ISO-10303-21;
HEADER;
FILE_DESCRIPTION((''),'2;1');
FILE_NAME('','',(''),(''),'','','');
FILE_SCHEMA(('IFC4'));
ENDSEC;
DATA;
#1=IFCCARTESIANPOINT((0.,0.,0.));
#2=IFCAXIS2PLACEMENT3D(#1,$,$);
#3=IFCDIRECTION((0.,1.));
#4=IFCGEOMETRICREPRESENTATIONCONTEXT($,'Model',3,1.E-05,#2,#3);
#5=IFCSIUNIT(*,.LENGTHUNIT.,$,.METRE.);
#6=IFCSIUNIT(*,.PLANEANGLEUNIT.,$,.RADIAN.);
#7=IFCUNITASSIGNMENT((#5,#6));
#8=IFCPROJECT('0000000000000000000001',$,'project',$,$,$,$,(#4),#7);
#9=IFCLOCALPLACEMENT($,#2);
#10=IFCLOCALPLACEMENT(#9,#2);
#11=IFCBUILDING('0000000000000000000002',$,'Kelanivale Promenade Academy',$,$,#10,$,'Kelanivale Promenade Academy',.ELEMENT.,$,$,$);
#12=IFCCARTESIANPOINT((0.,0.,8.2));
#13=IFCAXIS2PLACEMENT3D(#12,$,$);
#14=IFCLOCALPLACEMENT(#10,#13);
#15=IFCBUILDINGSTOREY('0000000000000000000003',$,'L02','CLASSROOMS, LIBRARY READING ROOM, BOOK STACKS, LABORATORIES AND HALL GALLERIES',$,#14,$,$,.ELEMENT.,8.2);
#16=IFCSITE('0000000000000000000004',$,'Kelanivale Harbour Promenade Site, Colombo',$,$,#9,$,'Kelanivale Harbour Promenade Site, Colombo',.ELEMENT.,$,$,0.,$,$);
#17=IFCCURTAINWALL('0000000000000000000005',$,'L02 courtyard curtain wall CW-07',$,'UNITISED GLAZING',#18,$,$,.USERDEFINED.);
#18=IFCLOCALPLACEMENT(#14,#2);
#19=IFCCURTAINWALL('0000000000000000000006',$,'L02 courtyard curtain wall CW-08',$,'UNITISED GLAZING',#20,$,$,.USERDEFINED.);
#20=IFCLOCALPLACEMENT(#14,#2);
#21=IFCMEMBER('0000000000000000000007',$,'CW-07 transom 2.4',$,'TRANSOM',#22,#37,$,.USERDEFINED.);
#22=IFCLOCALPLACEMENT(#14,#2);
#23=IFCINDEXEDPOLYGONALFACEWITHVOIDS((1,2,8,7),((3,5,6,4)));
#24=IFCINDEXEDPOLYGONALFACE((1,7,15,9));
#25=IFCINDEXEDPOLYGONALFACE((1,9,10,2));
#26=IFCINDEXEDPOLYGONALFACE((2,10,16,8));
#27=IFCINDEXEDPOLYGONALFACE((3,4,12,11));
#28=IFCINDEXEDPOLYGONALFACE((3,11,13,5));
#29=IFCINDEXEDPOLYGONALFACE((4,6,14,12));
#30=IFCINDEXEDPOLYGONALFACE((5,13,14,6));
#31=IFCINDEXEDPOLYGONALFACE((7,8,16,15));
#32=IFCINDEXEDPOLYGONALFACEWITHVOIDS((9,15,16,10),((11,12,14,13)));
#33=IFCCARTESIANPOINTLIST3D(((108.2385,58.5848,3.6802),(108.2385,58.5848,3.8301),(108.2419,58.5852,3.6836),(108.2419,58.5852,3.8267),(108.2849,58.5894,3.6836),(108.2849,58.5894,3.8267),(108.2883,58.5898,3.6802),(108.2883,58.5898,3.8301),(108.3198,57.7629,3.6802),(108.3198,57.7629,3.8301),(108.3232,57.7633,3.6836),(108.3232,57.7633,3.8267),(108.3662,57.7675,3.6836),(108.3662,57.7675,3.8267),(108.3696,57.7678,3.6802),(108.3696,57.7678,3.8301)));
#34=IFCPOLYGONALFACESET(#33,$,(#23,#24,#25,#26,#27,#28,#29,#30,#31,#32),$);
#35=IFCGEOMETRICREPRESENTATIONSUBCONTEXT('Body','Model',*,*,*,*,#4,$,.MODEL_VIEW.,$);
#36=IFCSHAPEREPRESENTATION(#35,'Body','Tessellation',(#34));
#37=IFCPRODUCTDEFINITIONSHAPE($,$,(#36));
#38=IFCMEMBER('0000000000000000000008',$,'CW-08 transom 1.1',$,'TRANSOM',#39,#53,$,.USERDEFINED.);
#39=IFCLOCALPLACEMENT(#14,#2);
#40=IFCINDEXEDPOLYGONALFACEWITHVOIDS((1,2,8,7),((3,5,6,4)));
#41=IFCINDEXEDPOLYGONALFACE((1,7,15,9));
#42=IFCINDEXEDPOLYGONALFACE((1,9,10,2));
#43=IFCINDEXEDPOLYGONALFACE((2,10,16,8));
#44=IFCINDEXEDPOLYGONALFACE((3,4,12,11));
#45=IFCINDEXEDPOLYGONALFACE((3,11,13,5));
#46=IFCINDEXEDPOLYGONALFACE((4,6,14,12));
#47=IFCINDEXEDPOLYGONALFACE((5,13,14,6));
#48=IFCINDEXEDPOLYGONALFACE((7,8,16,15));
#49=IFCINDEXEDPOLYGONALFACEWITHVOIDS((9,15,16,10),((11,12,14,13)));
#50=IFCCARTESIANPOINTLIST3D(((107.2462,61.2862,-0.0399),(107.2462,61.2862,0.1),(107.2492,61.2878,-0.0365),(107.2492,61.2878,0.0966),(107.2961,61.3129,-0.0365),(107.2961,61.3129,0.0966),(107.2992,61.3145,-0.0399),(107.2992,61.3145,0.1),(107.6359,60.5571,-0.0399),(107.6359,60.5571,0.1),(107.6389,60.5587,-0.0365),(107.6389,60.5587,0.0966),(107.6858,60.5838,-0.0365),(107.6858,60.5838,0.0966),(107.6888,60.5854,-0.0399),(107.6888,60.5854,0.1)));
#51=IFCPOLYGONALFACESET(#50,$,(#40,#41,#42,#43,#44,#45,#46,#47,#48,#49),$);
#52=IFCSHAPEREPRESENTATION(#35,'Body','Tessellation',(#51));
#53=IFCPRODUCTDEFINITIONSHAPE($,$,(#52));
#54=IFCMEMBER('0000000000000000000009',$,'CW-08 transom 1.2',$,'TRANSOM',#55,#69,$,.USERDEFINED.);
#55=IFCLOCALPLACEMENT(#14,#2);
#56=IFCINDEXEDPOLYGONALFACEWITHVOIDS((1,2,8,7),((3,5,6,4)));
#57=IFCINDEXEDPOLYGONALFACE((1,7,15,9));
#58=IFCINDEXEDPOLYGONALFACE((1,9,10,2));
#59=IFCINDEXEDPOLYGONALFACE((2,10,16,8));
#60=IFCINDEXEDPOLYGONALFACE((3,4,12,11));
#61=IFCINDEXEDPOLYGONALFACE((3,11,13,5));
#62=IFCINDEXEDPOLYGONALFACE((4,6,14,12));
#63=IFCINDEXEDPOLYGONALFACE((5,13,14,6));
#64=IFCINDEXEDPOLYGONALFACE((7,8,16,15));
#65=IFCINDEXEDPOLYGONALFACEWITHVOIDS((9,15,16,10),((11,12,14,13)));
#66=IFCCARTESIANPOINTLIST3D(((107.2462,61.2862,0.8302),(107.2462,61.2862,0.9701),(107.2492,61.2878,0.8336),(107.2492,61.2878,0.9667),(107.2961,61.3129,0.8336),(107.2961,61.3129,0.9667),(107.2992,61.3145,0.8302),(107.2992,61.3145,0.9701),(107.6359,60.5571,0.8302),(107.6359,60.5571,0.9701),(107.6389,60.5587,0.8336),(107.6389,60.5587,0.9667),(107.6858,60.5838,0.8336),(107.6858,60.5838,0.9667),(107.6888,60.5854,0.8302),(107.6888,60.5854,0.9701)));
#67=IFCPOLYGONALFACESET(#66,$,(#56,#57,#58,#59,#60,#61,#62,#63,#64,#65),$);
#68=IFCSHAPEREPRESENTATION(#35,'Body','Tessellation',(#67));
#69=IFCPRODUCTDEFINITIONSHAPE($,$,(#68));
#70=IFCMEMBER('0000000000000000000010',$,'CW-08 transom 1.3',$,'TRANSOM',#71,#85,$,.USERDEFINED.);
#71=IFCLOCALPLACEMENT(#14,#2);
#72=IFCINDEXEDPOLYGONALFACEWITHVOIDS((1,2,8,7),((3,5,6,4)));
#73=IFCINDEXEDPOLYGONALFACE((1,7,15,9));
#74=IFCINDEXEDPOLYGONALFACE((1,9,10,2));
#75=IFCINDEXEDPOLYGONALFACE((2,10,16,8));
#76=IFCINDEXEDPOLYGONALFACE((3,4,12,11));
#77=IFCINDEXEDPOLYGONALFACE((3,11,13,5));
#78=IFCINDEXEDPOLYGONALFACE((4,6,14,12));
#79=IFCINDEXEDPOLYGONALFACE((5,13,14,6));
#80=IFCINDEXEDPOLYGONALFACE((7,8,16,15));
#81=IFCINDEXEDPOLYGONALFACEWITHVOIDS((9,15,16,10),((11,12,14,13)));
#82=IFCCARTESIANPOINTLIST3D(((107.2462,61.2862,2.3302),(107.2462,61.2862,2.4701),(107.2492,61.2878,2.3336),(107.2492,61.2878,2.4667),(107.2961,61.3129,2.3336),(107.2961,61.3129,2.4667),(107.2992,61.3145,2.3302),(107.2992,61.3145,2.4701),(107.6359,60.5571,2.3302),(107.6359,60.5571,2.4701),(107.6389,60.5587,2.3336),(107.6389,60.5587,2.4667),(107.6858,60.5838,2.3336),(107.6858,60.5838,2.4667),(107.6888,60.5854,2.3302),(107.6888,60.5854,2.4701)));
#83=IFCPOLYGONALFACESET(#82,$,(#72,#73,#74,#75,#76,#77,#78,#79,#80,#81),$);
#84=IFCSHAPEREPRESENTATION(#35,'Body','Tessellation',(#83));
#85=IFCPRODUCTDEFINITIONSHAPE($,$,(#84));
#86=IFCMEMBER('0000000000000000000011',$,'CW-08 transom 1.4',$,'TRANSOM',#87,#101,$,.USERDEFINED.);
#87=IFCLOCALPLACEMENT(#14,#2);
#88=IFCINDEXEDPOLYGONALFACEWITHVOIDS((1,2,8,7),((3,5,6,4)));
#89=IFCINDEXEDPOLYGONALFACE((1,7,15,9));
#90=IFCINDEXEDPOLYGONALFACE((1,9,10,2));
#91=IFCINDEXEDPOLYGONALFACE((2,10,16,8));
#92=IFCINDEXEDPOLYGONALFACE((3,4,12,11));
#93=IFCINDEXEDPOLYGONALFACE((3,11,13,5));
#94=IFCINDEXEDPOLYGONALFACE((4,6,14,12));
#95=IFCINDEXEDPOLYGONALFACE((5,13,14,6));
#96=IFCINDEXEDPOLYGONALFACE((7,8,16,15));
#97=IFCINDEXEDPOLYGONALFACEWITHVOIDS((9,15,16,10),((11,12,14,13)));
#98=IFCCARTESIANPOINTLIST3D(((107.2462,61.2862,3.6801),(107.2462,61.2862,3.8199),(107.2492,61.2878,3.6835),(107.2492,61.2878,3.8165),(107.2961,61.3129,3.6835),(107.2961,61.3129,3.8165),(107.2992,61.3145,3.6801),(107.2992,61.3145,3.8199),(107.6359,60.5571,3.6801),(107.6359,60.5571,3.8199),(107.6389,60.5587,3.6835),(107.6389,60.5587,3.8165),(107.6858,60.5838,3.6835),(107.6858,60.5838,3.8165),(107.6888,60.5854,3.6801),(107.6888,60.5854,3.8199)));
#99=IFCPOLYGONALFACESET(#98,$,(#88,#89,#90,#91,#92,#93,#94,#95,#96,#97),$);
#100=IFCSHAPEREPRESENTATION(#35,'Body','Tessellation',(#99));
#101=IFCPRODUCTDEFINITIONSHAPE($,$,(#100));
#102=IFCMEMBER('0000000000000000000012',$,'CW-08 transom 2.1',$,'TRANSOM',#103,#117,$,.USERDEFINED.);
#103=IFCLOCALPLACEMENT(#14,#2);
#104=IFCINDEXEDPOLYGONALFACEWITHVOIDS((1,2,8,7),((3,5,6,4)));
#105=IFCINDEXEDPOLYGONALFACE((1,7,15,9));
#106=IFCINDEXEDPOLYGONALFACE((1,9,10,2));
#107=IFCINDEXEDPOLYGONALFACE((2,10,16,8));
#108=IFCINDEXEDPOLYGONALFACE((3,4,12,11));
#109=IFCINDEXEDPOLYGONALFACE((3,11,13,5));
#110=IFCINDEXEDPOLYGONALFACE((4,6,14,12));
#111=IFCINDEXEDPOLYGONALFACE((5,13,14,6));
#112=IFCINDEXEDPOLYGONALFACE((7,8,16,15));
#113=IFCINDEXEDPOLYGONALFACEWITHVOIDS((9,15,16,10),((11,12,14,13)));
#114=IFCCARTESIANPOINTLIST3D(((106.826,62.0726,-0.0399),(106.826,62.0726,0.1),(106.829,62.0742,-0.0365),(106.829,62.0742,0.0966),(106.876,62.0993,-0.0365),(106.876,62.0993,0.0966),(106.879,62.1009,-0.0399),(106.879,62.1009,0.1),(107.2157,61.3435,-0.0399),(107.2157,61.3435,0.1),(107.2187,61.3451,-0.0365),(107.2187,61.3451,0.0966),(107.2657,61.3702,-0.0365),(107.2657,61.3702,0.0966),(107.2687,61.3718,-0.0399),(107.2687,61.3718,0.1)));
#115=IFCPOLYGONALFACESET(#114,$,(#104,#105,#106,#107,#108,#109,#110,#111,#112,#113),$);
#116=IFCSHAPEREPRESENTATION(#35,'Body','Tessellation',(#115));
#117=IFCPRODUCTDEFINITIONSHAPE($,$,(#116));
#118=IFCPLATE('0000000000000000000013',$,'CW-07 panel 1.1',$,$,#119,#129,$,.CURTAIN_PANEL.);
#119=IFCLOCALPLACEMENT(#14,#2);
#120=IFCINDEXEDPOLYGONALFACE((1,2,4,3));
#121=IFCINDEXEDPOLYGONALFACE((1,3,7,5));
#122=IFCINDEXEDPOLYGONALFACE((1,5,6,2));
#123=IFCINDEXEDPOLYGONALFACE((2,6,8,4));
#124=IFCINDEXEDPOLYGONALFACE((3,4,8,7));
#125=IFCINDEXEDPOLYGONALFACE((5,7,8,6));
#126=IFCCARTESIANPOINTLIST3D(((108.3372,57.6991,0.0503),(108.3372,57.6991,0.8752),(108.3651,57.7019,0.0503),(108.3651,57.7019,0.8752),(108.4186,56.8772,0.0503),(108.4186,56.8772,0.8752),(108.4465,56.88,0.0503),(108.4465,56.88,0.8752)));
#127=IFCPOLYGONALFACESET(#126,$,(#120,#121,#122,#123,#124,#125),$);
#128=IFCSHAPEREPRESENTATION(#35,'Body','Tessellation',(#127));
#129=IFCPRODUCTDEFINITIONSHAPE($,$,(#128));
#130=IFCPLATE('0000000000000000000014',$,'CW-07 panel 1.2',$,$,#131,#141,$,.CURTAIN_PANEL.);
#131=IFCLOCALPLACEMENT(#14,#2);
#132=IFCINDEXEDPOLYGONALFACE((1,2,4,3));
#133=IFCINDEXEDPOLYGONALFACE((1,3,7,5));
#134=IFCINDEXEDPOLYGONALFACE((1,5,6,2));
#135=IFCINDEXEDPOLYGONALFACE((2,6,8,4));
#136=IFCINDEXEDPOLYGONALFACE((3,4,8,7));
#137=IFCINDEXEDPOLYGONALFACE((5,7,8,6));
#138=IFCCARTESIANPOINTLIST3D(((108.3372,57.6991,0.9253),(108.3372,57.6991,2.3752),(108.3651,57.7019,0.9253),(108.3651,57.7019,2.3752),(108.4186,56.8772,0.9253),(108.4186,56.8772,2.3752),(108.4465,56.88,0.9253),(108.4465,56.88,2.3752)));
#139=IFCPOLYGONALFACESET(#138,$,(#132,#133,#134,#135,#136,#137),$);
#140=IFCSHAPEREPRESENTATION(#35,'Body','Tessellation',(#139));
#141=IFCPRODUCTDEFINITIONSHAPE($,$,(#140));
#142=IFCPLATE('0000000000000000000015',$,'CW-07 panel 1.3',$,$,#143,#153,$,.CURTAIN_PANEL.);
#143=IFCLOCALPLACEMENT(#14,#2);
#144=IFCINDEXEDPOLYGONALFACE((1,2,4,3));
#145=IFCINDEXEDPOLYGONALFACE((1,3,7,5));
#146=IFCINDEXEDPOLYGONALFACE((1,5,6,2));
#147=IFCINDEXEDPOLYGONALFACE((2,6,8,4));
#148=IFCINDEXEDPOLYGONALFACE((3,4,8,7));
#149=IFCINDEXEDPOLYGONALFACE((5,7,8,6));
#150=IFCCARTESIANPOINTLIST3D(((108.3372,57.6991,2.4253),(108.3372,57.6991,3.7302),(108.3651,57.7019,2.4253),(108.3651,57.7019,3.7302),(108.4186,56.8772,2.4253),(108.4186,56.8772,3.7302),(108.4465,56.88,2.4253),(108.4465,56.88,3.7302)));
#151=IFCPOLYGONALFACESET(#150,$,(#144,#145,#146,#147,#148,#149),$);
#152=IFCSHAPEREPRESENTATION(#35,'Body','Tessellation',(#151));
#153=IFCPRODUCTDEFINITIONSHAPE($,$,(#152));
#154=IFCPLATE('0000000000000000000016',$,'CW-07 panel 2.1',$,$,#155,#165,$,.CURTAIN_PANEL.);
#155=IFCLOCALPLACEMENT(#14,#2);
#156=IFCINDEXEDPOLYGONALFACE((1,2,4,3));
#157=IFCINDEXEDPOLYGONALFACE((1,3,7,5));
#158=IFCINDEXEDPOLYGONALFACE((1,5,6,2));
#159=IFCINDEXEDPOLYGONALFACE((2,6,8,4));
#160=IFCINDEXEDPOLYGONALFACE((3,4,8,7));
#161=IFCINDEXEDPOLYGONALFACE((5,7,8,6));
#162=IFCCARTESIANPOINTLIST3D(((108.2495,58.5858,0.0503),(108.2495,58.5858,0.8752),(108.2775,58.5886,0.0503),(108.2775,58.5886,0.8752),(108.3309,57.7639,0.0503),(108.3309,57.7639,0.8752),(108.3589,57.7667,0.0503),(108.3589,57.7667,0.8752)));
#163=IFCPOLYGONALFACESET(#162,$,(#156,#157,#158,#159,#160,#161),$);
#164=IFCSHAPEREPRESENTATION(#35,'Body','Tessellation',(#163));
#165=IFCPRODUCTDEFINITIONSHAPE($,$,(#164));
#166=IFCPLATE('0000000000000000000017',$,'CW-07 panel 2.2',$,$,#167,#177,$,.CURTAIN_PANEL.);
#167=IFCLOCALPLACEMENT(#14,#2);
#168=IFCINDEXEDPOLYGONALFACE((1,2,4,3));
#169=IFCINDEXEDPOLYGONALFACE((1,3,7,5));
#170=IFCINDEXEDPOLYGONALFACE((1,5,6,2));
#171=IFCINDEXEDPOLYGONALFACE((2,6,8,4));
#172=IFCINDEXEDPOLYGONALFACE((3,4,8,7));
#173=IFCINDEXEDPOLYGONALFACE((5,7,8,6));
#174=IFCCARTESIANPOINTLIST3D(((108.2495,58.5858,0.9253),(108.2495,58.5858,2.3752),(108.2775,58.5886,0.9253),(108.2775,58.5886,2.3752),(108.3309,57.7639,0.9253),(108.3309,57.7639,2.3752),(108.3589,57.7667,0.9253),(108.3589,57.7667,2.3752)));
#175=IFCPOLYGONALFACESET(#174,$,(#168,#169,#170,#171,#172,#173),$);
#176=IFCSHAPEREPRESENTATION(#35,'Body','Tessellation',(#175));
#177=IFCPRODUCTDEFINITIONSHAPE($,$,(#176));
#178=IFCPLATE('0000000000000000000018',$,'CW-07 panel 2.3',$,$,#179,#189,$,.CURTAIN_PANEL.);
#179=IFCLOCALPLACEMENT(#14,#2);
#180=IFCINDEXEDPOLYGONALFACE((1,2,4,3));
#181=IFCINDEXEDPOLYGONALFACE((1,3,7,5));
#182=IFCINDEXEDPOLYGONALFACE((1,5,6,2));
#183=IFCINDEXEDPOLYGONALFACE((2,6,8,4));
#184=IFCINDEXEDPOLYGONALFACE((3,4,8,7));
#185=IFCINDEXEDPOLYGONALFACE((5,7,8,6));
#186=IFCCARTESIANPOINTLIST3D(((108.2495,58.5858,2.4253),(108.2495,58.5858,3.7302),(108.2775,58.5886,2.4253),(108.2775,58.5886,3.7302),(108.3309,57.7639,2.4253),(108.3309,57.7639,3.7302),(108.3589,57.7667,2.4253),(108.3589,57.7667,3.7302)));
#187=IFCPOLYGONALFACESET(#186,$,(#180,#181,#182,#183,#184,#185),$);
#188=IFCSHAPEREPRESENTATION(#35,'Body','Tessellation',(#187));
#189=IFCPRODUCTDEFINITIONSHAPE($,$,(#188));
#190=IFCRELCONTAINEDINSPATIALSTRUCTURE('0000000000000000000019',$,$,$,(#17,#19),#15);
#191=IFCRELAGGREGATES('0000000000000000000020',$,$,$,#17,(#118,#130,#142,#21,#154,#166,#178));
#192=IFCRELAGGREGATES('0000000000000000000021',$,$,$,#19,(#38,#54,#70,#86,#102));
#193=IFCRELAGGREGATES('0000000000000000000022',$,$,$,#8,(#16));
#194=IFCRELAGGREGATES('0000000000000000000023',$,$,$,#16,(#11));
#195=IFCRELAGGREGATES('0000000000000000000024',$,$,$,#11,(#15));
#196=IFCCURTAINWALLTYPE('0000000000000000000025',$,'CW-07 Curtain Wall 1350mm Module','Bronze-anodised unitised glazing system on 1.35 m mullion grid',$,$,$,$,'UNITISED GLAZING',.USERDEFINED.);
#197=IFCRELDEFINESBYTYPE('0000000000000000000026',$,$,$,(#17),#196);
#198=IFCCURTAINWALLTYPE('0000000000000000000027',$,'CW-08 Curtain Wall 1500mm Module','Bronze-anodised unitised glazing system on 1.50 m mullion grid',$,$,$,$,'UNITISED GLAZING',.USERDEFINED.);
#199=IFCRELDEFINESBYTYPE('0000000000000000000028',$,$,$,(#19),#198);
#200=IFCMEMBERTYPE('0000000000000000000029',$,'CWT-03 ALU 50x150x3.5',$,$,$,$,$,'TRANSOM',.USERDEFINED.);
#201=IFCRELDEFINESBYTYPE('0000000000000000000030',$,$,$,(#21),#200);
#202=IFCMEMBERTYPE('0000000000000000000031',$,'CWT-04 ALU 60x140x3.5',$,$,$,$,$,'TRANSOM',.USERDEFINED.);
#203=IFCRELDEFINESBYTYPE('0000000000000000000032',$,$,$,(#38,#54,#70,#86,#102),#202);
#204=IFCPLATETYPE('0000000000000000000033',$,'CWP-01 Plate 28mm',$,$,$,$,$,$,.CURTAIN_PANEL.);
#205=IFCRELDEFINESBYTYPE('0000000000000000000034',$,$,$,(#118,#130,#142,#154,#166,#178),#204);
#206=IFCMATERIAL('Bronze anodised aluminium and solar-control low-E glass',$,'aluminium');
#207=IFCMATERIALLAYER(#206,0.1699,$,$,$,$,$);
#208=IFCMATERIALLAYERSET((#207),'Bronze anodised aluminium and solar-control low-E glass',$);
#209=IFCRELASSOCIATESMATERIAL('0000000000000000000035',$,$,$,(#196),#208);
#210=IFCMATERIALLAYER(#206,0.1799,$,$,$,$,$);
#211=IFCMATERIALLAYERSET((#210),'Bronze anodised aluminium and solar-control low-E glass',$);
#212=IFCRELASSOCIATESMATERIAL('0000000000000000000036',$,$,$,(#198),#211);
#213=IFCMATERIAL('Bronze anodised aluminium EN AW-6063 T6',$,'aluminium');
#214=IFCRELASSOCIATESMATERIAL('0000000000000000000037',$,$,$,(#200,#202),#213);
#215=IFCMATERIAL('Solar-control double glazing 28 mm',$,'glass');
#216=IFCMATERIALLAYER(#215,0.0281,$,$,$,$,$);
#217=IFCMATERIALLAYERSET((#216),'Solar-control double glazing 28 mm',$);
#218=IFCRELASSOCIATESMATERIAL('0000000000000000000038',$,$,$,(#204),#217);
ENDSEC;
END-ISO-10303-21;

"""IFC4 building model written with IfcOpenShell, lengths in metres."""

from ifc_helpers import new_model, si_unit, direction, frame, origin, origin_2d, place, context, subcontext, project, spatial, rectangle, hollow_rectangle, extrude, material, layer, layer_set, material_profile, profile_set, type_object, element, aggregate, save


model = new_model("IFC4")

# Units and contexts
model_context = context("Model", 3, precision=1e-05, world=origin(), true_north=direction((0.0, 1.0)))
body_context = subcontext(model_context, "Body", "Model", "MODEL_VIEW")
ifc_project = project(units=[si_unit("LENGTHUNIT", "METRE"), si_unit("PLANEANGLEUNIT", "RADIAN")], contexts=[model_context])

# Site, building, storey
site_placement = place(None, origin())
site = spatial("IfcSite", under=ifc_project, at=site_placement, Name="Kelanivale Harbour Promenade Site, Colombo", LongName="Kelanivale Harbour Promenade Site, Colombo", CompositionType="ELEMENT", RefElevation=0.0)
building_placement = place(site_placement, origin())
building = spatial("IfcBuilding", under=site, at=building_placement, Name="Kelanivale Promenade Academy", LongName="Kelanivale Promenade Academy", CompositionType="ELEMENT")
storey_placement = place(building_placement, frame((0.0, 0.0, 8.2)))
storey = spatial("IfcBuildingStorey", under=building, at=storey_placement, Name="L02", Description="CLASSROOMS, LIBRARY READING ROOM, BOOK STACKS, LABORATORIES AND HALL GALLERIES", CompositionType="ELEMENT", Elevation=8.2)

# Curtain walls
ifc_material_1 = material(Name="Bronze anodised aluminium and solar-control low-E glass", Category="aluminium")
ifc_layer_1 = layer(ifc_material_1, 0.1699)
ifc_layer_set_1 = layer_set([ifc_layer_1], Name="Bronze anodised aluminium and solar-control low-E glass")
curtain_wall_type_1 = type_object("IfcCurtainWallType", Name="CW-07 Curtain Wall 1350mm Module", Description="Bronze-anodised unitised glazing system on 1.35 m mullion grid", ElementType="UNITISED GLAZING", PredefinedType="USERDEFINED", material=ifc_layer_set_1)
curtain_wall_1_placement = place(storey_placement, origin())
curtain_wall_1 = element("IfcCurtainWall", 1, at=curtain_wall_1_placement, inside=storey, type_object=curtain_wall_type_1, Name="L02 courtyard curtain wall CW-07", ObjectType="UNITISED GLAZING", PredefinedType="USERDEFINED")
ifc_material_2 = material(Name="Bronze anodised aluminium EN AW-6063 T6", Category="aluminium")
ifc_layer_2 = layer(ifc_material_1, 0.1799)
ifc_layer_set_2 = layer_set([ifc_layer_2], Name="Bronze anodised aluminium and solar-control low-E glass")
curtain_wall_type_2 = type_object("IfcCurtainWallType", Name="CW-08 Curtain Wall 1500mm Module", Description="Bronze-anodised unitised glazing system on 1.50 m mullion grid", ElementType="UNITISED GLAZING", PredefinedType="USERDEFINED", material=ifc_layer_set_2)
curtain_wall_2_placement = place(storey_placement, origin())
curtain_wall_2 = element("IfcCurtainWall", 2, at=curtain_wall_2_placement, inside=storey, type_object=curtain_wall_type_2, Name="L02 courtyard curtain wall CW-08", ObjectType="UNITISED GLAZING", PredefinedType="USERDEFINED")

# Members
ifc_material_profile_1 = material_profile(ifc_material_2, hollow_rectangle(XDim=0.05, YDim=0.1499, WallThickness=0.0034, at=origin_2d()), Name="ALU 50x150x3.5")
ifc_profile_set_1 = profile_set([ifc_material_profile_1], Name="Bronze anodised aluminium EN AW-6063 T6")
member_type_1 = type_object("IfcMemberType", Name="CWT-03 ALU 50x150x3.5", ElementType="TRANSOM", PredefinedType="USERDEFINED", material=ifc_profile_set_1)
member_1_placement = place(storey_placement, frame((108.3447, 57.7654, 3.7551), z_axis=(-0.098421, 0.995145, 0.0), x_axis=(-0.995145, -0.098421, 0.0)))
member_1 = element("IfcMember", 3, at=member_1_placement, type_object=member_type_1, Name="CW-07 transom 2.4", ObjectType="TRANSOM", PredefinedType="USERDEFINED", context=body_context, shape_type="SweptSolid", body=[
    extrude(hollow_rectangle(XDim=0.05, YDim=0.1499, WallThickness=0.0034, at=origin_2d()), origin(), (0.0, 0.0, 1.0), 0.8259),
])
ifc_material_profile_2 = material_profile(ifc_material_2, hollow_rectangle(XDim=0.0601, YDim=0.1399, WallThickness=0.0034, at=origin_2d()), Name="ALU 60x140x3.5")
ifc_profile_set_2 = profile_set([ifc_material_profile_2], Name="Bronze anodised aluminium EN AW-6063 T6")
member_type_2 = type_object("IfcMemberType", Name="CWT-04 ALU 60x140x3.5", ElementType="TRANSOM", PredefinedType="USERDEFINED", material=ifc_profile_set_2)
member_2_placement = place(storey_placement, frame((107.6624, 60.5713, 0.03), z_axis=(-0.471385, 0.881927, 0.0), x_axis=(-0.881927, -0.471385, 0.0)))
member_2 = element("IfcMember", 4, at=member_2_placement, type_object=member_type_2, Name="CW-08 transom 1.1", ObjectType="TRANSOM", PredefinedType="USERDEFINED", context=body_context, shape_type="SweptSolid", body=[
    extrude(hollow_rectangle(XDim=0.0601, YDim=0.1399, WallThickness=0.0034, at=origin_2d()), origin(), (0.0, 0.0, 1.0), 0.8267),
])
member_3_placement = place(storey_placement, frame((107.6624, 60.5713, 0.9001), z_axis=(-0.471385, 0.881927, 0.0), x_axis=(-0.881927, -0.471385, 0.0)))
member_3 = element("IfcMember", 5, at=member_3_placement, type_object=member_type_2, Name="CW-08 transom 1.2", ObjectType="TRANSOM", PredefinedType="USERDEFINED", context=body_context, shape_type="SweptSolid", body=[
    extrude(hollow_rectangle(XDim=0.0601, YDim=0.1399, WallThickness=0.0034, at=origin_2d()), origin(), (0.0, 0.0, 1.0), 0.8267),
])
member_4_placement = place(storey_placement, frame((107.6624, 60.5713, 2.4001), z_axis=(-0.471385, 0.881927, 0.0), x_axis=(-0.881927, -0.471385, 0.0)))
member_4 = element("IfcMember", 6, at=member_4_placement, type_object=member_type_2, Name="CW-08 transom 1.3", ObjectType="TRANSOM", PredefinedType="USERDEFINED", context=body_context, shape_type="SweptSolid", body=[
    extrude(hollow_rectangle(XDim=0.0601, YDim=0.1399, WallThickness=0.0034, at=origin_2d()), origin(), (0.0, 0.0, 1.0), 0.8267),
])
member_5_placement = place(storey_placement, frame((107.6624, 60.5713, 3.75), z_axis=(-0.471385, 0.881927, 0.0), x_axis=(-0.881927, -0.471385, 0.0)))
member_5 = element("IfcMember", 7, at=member_5_placement, type_object=member_type_2, Name="CW-08 transom 1.4", ObjectType="TRANSOM", PredefinedType="USERDEFINED", context=body_context, shape_type="SweptSolid", body=[
    extrude(hollow_rectangle(XDim=0.0601, YDim=0.1399, WallThickness=0.0034, at=origin_2d()), origin(), (0.0, 0.0, 1.0), 0.8267),
])
member_6_placement = place(storey_placement, frame((107.2422, 61.3577, 0.03), z_axis=(-0.471385, 0.881927, 0.0), x_axis=(-0.881927, -0.471385, 0.0)))
member_6 = element("IfcMember", 8, at=member_6_placement, type_object=member_type_2, Name="CW-08 transom 2.1", ObjectType="TRANSOM", PredefinedType="USERDEFINED", context=body_context, shape_type="SweptSolid", body=[
    extrude(hollow_rectangle(XDim=0.0601, YDim=0.1399, WallThickness=0.0034, at=origin_2d()), origin(), (0.0, 0.0, 1.0), 0.8267),
])

# Plates
ifc_material_3 = material(Name="Solar-control double glazing 28 mm", Category="glass")
ifc_layer_3 = layer(ifc_material_3, 0.0281)
ifc_layer_set_3 = layer_set([ifc_layer_3], Name="Solar-control double glazing 28 mm")
plate_type_1 = type_object("IfcPlateType", Name="CWP-01 Plate 28mm", PredefinedType="CURTAIN_PANEL", material=ifc_layer_set_3)
plate_1_placement = place(storey_placement, frame((108.3918, 57.2896, 0.0503), z_axis=(0.0, 0.0, 1.0), x_axis=(-0.098539, 0.995133, 0.0)))
plate_1 = element("IfcPlate", 9, at=plate_1_placement, type_object=plate_type_1, Name="CW-07 panel 1.1", PredefinedType="CURTAIN_PANEL", context=body_context, shape_type="SweptSolid", body=[
    extrude(rectangle(XDim=0.8259, YDim=0.0281, at=origin_2d()), origin(), (0.0, 0.0, 1.0), 0.825),
])
plate_2_placement = place(storey_placement, frame((108.3918, 57.2896, 0.9253), z_axis=(0.0, 0.0, 1.0), x_axis=(-0.098539, 0.995133, 0.0)))
plate_2 = element("IfcPlate", 10, at=plate_2_placement, type_object=plate_type_1, Name="CW-07 panel 1.2", PredefinedType="CURTAIN_PANEL", context=body_context, shape_type="SweptSolid", body=[
    extrude(rectangle(XDim=0.8259, YDim=0.0281, at=origin_2d()), origin(), (0.0, 0.0, 1.0), 1.45),
])
plate_3_placement = place(storey_placement, frame((108.3918, 57.2896, 2.4253), z_axis=(0.0, 0.0, 1.0), x_axis=(-0.098539, 0.995133, 0.0)))
plate_3 = element("IfcPlate", 11, at=plate_3_placement, type_object=plate_type_1, Name="CW-07 panel 1.3", PredefinedType="CURTAIN_PANEL", context=body_context, shape_type="SweptSolid", body=[
    extrude(rectangle(XDim=0.8259, YDim=0.0281, at=origin_2d()), origin(), (0.0, 0.0, 1.0), 1.3049),
])
plate_4_placement = place(storey_placement, frame((108.3042, 58.1763, 0.0503), z_axis=(0.0, 0.0, 1.0), x_axis=(-0.098539, 0.995133, 0.0)))
plate_4 = element("IfcPlate", 12, at=plate_4_placement, type_object=plate_type_1, Name="CW-07 panel 2.1", PredefinedType="CURTAIN_PANEL", context=body_context, shape_type="SweptSolid", body=[
    extrude(rectangle(XDim=0.8259, YDim=0.0281, at=origin_2d()), origin(), (0.0, 0.0, 1.0), 0.825),
])
plate_5_placement = place(storey_placement, frame((108.3042, 58.1763, 0.9253), z_axis=(0.0, 0.0, 1.0), x_axis=(-0.098539, 0.995133, 0.0)))
plate_5 = element("IfcPlate", 13, at=plate_5_placement, type_object=plate_type_1, Name="CW-07 panel 2.2", PredefinedType="CURTAIN_PANEL", context=body_context, shape_type="SweptSolid", body=[
    extrude(rectangle(XDim=0.8259, YDim=0.0281, at=origin_2d()), origin(), (0.0, 0.0, 1.0), 1.45),
])
plate_6_placement = place(storey_placement, frame((108.3042, 58.1763, 2.4253), z_axis=(0.0, 0.0, 1.0), x_axis=(-0.098539, 0.995133, 0.0)))
plate_6 = element("IfcPlate", 14, at=plate_6_placement, type_object=plate_type_1, Name="CW-07 panel 2.3", PredefinedType="CURTAIN_PANEL", context=body_context, shape_type="SweptSolid", body=[
    extrude(rectangle(XDim=0.8259, YDim=0.0281, at=origin_2d()), origin(), (0.0, 0.0, 1.0), 1.3049),
])
aggregate(curtain_wall_1, [plate_1, plate_2, plate_3, member_1, plate_4, plate_5, plate_6])
aggregate(curtain_wall_2, [member_2, member_3, member_4, member_5, member_6])

save(model, "model.ifc")
